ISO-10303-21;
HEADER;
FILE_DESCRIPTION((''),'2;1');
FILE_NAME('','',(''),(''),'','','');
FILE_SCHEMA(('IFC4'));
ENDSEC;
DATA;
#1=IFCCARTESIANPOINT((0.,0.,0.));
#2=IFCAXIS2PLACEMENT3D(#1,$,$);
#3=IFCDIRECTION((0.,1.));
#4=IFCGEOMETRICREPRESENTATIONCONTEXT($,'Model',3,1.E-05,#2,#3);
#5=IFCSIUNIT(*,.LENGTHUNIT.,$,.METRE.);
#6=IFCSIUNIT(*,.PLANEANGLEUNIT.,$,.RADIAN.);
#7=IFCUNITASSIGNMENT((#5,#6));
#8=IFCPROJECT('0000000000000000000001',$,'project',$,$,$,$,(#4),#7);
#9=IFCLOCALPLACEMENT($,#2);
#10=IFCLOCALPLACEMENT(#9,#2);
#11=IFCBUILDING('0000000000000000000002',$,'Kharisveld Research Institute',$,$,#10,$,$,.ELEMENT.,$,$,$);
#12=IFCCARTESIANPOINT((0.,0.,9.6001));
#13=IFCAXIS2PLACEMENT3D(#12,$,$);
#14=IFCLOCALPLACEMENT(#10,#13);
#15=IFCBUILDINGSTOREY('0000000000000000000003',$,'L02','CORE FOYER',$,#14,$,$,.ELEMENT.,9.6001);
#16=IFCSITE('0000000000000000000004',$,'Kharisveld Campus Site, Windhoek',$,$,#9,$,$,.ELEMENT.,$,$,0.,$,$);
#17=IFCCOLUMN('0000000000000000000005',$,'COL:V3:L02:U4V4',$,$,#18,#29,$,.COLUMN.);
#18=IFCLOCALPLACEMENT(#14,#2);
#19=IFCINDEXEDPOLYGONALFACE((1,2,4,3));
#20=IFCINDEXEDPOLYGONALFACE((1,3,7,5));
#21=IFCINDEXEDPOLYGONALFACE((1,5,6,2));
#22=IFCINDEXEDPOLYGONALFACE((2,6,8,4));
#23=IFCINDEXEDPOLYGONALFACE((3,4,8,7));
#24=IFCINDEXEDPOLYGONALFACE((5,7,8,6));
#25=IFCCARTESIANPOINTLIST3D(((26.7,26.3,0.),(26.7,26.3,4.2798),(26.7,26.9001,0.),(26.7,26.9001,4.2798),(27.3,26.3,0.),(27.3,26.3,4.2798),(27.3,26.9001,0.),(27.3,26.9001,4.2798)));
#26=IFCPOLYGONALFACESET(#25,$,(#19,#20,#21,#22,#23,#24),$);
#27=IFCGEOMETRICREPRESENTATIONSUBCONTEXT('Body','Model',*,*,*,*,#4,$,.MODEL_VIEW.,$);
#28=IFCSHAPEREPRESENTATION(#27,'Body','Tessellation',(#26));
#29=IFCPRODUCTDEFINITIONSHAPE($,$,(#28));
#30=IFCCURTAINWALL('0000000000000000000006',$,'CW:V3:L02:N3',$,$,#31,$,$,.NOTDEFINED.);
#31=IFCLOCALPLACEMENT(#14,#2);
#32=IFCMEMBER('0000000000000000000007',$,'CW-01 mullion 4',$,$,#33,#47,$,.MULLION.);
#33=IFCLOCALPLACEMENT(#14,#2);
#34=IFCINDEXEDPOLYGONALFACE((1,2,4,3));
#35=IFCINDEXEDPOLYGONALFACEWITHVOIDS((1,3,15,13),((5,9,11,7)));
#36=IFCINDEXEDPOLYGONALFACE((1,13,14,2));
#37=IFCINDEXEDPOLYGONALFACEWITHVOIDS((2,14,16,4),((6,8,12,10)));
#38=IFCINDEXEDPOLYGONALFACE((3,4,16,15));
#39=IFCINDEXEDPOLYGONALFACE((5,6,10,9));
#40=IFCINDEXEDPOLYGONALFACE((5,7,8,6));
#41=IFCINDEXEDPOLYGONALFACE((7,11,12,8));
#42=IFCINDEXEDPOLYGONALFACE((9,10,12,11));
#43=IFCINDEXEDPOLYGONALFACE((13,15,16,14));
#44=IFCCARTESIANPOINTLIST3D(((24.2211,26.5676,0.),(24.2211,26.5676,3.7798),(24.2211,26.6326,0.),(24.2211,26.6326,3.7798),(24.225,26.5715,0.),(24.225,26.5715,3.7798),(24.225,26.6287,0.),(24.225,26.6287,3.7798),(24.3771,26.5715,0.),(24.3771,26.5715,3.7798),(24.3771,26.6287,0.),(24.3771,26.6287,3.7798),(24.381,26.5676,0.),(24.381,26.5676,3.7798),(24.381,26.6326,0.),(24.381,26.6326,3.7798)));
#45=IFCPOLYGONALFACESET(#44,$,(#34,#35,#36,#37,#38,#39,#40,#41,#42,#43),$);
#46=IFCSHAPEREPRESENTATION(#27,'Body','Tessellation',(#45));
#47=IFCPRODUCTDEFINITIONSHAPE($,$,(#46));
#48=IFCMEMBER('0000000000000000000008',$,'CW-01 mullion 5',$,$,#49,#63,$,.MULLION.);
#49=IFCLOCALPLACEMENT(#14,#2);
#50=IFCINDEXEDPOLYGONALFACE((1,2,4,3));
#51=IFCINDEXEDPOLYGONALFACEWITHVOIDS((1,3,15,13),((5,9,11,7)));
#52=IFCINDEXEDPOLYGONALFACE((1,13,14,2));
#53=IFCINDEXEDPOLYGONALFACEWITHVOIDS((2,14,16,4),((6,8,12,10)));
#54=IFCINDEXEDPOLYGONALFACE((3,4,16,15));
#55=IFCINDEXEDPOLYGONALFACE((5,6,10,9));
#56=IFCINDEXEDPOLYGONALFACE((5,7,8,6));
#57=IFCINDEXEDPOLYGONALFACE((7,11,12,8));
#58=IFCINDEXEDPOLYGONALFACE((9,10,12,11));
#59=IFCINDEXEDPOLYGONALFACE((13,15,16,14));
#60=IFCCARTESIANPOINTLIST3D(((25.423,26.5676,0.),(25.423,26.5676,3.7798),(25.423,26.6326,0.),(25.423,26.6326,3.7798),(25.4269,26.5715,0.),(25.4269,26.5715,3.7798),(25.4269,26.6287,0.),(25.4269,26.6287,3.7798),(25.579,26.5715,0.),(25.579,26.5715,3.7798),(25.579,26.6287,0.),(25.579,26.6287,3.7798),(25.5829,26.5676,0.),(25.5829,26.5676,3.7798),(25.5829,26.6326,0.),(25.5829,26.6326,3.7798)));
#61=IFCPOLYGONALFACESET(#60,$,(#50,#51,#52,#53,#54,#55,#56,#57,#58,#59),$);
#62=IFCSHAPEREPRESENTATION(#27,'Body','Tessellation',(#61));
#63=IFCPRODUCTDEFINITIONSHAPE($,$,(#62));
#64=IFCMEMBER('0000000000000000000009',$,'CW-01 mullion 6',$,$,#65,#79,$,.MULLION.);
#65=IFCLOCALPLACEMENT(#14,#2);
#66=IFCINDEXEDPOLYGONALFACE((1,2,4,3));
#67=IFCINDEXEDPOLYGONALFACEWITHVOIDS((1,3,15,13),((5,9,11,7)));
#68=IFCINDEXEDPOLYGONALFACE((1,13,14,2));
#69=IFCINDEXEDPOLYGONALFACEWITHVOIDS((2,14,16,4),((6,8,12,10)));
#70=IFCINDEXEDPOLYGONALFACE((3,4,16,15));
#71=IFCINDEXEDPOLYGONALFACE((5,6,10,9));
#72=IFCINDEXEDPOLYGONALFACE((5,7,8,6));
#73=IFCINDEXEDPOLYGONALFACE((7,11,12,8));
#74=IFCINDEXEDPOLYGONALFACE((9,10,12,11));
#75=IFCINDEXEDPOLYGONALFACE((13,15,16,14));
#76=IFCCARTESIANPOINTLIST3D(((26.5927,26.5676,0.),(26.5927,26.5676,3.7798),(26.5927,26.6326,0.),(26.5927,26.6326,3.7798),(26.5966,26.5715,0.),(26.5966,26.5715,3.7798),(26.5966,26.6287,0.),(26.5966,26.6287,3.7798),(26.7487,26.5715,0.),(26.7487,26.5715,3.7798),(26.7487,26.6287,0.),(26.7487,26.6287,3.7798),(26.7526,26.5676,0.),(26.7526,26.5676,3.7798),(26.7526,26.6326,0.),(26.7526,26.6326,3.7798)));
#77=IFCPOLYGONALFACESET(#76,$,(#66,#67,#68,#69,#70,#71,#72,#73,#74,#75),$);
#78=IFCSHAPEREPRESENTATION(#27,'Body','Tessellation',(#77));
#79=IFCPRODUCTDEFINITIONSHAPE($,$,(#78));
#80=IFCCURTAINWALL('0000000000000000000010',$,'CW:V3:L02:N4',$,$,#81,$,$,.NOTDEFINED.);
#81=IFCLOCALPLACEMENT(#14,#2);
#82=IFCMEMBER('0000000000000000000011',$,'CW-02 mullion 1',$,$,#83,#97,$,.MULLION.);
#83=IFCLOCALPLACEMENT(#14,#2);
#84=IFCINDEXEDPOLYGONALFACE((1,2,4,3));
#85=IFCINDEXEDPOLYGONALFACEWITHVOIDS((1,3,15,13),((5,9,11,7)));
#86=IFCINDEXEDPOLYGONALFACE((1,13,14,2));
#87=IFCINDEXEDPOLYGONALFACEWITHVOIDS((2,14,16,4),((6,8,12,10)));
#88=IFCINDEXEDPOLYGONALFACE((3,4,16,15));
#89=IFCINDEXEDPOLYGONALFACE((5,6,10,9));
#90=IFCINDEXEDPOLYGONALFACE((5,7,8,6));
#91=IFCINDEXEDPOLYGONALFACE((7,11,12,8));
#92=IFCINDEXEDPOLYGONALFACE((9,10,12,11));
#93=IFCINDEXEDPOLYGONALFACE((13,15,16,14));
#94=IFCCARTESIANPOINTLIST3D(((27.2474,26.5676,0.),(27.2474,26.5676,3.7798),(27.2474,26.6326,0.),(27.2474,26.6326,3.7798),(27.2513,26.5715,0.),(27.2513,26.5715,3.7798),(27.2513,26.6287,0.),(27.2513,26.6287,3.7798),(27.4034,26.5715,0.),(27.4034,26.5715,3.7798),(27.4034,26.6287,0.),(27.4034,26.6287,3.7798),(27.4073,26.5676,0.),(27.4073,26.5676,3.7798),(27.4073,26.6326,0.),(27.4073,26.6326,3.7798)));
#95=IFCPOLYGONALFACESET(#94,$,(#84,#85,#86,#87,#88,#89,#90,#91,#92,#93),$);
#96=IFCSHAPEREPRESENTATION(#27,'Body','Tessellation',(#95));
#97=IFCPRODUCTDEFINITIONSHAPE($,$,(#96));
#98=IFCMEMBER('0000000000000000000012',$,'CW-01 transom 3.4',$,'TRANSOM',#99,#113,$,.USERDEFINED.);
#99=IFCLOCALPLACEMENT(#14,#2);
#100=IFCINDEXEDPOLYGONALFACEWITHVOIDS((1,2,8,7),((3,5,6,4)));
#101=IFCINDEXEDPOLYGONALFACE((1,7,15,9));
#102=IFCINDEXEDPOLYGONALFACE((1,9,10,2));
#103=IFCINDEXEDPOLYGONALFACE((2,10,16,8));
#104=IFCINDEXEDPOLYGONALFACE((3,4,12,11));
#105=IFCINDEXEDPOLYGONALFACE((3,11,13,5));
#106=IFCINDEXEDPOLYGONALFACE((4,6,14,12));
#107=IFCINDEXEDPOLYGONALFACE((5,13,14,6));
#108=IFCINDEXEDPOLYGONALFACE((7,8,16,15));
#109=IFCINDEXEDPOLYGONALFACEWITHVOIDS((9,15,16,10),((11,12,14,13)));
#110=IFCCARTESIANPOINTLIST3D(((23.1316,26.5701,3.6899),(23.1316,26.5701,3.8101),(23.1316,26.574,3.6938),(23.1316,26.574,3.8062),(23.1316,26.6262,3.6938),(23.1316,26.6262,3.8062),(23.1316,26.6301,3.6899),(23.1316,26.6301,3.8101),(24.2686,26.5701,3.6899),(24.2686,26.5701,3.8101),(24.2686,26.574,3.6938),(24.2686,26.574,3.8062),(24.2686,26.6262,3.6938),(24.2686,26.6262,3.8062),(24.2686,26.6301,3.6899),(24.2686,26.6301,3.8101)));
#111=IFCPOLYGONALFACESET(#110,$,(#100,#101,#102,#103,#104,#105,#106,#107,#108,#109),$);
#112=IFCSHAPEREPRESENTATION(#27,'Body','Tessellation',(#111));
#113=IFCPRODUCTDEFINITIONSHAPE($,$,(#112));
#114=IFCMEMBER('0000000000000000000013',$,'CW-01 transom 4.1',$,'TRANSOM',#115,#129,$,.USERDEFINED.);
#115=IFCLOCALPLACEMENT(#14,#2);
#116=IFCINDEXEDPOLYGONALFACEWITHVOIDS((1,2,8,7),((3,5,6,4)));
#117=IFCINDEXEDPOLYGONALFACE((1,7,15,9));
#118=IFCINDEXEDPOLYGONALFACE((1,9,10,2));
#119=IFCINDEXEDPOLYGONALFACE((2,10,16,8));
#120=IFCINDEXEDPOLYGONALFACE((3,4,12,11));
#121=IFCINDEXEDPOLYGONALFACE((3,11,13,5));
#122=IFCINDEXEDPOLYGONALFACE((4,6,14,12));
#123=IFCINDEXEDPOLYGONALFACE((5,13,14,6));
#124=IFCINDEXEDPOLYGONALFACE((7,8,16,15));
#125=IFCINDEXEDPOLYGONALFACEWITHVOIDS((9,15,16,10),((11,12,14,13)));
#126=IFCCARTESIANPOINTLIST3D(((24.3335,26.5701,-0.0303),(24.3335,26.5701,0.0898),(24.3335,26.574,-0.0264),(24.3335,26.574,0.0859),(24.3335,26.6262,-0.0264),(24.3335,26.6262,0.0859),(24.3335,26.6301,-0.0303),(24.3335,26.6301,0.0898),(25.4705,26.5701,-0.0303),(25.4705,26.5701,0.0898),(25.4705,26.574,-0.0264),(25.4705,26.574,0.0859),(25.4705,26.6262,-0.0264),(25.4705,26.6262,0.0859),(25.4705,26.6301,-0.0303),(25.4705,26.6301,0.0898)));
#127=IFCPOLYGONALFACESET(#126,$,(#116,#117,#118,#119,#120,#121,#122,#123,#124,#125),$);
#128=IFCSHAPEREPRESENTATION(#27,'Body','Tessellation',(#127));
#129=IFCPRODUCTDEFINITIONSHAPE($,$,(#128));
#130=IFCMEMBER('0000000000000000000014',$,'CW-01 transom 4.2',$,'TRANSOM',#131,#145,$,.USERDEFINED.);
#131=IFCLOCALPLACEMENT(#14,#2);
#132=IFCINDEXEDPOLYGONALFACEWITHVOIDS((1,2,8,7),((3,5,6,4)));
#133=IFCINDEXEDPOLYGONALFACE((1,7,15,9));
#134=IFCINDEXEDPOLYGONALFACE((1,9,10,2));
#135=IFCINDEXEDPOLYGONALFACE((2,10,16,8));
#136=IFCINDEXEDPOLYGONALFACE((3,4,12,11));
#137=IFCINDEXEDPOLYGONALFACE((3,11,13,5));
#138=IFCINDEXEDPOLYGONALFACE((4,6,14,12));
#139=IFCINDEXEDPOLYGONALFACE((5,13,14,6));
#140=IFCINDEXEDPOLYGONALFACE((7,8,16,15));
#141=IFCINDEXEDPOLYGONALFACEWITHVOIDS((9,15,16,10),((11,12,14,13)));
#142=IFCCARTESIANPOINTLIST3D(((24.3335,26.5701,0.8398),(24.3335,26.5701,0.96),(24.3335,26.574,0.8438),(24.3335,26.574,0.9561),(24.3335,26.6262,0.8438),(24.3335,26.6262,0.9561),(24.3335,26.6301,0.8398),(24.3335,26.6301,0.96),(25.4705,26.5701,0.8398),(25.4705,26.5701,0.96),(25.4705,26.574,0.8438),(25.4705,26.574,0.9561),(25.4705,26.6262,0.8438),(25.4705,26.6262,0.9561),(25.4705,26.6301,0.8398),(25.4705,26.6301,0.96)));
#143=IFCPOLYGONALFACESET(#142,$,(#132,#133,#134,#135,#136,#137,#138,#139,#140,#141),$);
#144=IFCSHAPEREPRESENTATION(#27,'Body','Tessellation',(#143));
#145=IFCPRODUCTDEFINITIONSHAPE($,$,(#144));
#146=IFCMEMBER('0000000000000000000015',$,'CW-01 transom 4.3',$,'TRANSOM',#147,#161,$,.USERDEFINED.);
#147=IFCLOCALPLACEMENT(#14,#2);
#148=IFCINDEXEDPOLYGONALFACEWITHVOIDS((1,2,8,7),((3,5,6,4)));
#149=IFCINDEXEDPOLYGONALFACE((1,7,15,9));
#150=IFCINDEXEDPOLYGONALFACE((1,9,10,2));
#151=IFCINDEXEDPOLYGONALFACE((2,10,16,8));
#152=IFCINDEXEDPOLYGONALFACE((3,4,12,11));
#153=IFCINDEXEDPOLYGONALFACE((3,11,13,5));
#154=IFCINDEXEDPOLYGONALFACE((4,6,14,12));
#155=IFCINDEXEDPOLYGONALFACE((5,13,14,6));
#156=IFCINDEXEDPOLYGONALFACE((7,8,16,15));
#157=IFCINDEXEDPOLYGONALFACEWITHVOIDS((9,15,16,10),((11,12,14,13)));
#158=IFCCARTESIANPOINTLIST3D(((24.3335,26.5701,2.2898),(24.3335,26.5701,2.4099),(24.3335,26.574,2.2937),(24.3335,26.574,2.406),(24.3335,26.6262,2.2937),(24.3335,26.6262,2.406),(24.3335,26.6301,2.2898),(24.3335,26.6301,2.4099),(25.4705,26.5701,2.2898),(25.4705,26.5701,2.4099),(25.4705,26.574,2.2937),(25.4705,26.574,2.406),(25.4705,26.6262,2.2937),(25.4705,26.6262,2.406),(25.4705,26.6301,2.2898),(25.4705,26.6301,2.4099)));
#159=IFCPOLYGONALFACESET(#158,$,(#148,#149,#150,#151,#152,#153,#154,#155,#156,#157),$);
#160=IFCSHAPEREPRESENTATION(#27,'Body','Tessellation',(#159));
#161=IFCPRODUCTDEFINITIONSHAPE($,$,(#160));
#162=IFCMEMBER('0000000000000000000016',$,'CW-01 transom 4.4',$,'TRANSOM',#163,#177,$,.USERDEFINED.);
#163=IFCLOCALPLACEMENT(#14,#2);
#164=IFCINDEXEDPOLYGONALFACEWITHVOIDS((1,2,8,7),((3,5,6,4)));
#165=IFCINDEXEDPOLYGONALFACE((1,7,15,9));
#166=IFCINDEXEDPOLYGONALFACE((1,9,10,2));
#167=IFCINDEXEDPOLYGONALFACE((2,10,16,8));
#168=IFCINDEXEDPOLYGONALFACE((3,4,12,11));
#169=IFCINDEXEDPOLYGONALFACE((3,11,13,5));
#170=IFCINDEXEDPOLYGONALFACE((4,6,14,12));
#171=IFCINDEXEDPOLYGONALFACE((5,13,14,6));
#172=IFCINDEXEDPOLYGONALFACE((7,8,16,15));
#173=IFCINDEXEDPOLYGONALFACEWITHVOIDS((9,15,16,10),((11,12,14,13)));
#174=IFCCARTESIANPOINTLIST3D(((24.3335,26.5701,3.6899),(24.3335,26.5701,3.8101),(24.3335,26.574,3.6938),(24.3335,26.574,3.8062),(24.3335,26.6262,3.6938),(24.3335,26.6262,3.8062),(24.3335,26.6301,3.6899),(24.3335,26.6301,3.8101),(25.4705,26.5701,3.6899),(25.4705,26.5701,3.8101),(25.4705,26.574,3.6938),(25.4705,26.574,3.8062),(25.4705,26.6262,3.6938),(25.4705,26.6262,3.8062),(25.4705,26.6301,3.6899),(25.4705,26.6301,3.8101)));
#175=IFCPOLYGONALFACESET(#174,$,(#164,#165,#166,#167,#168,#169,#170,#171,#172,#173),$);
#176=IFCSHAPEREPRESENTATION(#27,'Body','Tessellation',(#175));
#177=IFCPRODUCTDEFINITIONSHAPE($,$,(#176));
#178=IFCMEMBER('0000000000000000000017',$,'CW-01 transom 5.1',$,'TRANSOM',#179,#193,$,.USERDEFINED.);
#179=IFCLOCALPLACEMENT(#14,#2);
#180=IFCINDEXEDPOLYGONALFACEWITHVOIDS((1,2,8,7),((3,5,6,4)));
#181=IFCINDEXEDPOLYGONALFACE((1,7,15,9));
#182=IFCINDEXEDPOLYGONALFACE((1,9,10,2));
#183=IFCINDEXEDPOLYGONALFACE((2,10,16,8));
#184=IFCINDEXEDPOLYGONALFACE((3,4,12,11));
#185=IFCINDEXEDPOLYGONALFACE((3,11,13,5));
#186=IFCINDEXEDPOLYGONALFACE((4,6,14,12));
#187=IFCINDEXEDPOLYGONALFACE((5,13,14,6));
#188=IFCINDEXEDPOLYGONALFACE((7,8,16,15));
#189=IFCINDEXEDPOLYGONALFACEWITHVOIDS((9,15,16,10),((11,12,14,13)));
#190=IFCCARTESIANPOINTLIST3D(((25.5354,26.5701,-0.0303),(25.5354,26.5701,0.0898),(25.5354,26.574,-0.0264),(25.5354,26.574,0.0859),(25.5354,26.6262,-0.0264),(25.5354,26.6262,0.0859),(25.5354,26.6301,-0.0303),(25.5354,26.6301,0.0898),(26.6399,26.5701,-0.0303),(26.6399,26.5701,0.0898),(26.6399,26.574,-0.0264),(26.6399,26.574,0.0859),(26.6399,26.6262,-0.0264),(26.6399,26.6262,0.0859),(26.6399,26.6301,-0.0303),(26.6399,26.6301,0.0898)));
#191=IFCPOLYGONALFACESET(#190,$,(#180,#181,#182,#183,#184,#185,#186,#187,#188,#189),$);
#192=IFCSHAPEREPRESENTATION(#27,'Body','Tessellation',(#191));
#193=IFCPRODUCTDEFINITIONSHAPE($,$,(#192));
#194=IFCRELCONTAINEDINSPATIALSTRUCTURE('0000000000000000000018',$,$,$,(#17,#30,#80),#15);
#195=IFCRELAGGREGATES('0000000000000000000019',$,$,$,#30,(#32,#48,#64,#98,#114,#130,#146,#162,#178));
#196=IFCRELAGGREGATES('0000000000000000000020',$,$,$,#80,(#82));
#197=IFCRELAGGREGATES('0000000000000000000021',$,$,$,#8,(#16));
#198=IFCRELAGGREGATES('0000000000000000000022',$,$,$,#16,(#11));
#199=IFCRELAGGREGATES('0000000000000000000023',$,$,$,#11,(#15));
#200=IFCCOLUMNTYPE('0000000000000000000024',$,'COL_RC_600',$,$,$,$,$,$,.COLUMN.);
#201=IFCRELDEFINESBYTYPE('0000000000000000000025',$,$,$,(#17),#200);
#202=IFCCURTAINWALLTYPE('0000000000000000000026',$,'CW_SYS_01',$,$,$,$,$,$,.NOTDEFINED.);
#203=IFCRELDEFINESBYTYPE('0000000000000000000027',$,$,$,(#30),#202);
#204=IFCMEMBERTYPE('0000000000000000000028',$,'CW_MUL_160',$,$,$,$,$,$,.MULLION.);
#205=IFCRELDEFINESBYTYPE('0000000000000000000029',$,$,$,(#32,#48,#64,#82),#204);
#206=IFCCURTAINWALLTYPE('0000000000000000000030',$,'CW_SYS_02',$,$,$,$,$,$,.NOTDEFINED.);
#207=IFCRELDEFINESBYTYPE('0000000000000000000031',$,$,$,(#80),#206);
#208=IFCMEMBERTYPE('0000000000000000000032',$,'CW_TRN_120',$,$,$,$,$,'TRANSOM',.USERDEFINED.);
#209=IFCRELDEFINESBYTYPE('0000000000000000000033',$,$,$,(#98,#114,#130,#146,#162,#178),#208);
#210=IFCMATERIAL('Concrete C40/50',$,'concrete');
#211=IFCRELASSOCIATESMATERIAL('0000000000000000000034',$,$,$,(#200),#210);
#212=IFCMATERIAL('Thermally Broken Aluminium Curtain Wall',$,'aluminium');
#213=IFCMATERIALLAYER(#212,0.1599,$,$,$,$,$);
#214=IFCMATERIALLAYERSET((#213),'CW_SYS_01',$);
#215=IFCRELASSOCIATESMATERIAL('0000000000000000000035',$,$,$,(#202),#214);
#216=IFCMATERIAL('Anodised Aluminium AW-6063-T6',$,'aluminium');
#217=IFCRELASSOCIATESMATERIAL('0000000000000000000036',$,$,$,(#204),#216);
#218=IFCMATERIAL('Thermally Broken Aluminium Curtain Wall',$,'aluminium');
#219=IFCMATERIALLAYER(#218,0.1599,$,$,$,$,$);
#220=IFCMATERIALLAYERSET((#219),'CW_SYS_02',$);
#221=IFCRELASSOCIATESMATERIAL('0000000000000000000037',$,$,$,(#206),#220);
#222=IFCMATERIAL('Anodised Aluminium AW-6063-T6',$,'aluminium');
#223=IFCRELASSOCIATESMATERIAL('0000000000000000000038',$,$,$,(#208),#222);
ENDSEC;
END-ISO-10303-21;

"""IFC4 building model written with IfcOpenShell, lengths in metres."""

from ifc_helpers import new_model, si_unit, direction, frame, origin, origin_2d, place, context, subcontext, project, spatial, rectangle, hollow_rectangle, extrude, material, layer, layer_set, material_profile, profile_set, type_object, element, aggregate, save


model = new_model("IFC4")

# Units and contexts
model_context = context("Model", 3, precision=1e-05, world=origin(), true_north=direction((0.0, 1.0)))
body_context = subcontext(model_context, "Body", "Model", "MODEL_VIEW")
ifc_project = project(units=[si_unit("LENGTHUNIT", "METRE"), si_unit("PLANEANGLEUNIT", "RADIAN")], contexts=[model_context])

# Site, building, storey
site_placement = place(None, origin())
site = spatial("IfcSite", under=ifc_project, at=site_placement, Name="Kharisveld Campus Site, Windhoek", CompositionType="ELEMENT", RefElevation=0.0)
building_placement = place(site_placement, origin())
building = spatial("IfcBuilding", under=site, at=building_placement, Name="Kharisveld Research Institute", CompositionType="ELEMENT")
storey_placement = place(building_placement, frame((0.0, 0.0, 9.6001)))
storey = spatial("IfcBuildingStorey", under=building, at=storey_placement, Name="L02", Description="CORE FOYER", CompositionType="ELEMENT", Elevation=9.6001)

# Column
ifc_material_1 = material(Name="Concrete C40/50", Category="concrete")
ifc_material_profile_1 = material_profile(ifc_material_1, rectangle(XDim=0.6001, YDim=0.6001, at=origin_2d()))
ifc_profile_set_1 = profile_set([ifc_material_profile_1], Name="Concrete C40/50")
column_type = type_object("IfcColumnType", Name="COL_RC_600", PredefinedType="COLUMN", material=ifc_profile_set_1)
column_placement = place(storey_placement, frame((27.0, 26.6001, 0.0), z_axis=(0.0, 0.0, 1.0), x_axis=(1.0, 0.0, 0.0)))
element("IfcColumn", 1, at=column_placement, inside=storey, type_object=column_type, Name="COL:V3:L02:U4V4", PredefinedType="COLUMN", context=body_context, shape_type="SweptSolid", body=[
    extrude(rectangle(XDim=0.6001, YDim=0.6001, at=origin_2d()), origin(), (0.0, 0.0, 1.0), 4.2798),
])

# Curtain wall, members
ifc_material_2 = material(Name="Thermally Broken Aluminium Curtain Wall", Category="aluminium")
ifc_layer_1 = layer(ifc_material_2, 0.1599)
ifc_layer_set_1 = layer_set([ifc_layer_1], Name="CW_SYS_01")
curtain_wall_type_1 = type_object("IfcCurtainWallType", Name="CW_SYS_01", PredefinedType="NOTDEFINED", material=ifc_layer_set_1)
curtain_wall_1_placement = place(storey_placement, origin())
curtain_wall_1 = element("IfcCurtainWall", 2, at=curtain_wall_1_placement, inside=storey, type_object=curtain_wall_type_1, Name="CW:V3:L02:N3", PredefinedType="NOTDEFINED")
ifc_material_3 = material(Name="Anodised Aluminium AW-6063-T6", Category="aluminium")
ifc_material_profile_2 = material_profile(ifc_material_3, hollow_rectangle(XDim=0.0649, YDim=0.1599, WallThickness=0.0039, at=origin_2d()))
ifc_profile_set_2 = profile_set([ifc_material_profile_2], Name="Anodised Aluminium AW-6063-T6")
member_type_1 = type_object("IfcMemberType", Name="CW_MUL_160", PredefinedType="MULLION", material=ifc_profile_set_2)
member_1_placement = place(storey_placement, frame((24.301, 26.6001, 0.0), z_axis=(0.0, 0.0, 1.0), x_axis=(0.0, 1.0, 0.0)))
member_1 = element("IfcMember", 3, at=member_1_placement, type_object=member_type_1, Name="CW-01 mullion 4", PredefinedType="MULLION", context=body_context, shape_type="SweptSolid", body=[
    extrude(hollow_rectangle(XDim=0.0649, YDim=0.1599, WallThickness=0.0039, at=origin_2d()), origin(), (0.0, 0.0, 1.0), 3.7798),
])
member_2_placement = place(storey_placement, frame((25.5029, 26.6001, 0.0), z_axis=(0.0, 0.0, 1.0), x_axis=(0.0, 1.0, 0.0)))
member_2 = element("IfcMember", 4, at=member_2_placement, type_object=member_type_1, Name="CW-01 mullion 5", PredefinedType="MULLION", context=body_context, shape_type="SweptSolid", body=[
    extrude(hollow_rectangle(XDim=0.0649, YDim=0.1599, WallThickness=0.0039, at=origin_2d()), origin(), (0.0, 0.0, 1.0), 3.7798),
])
member_3_placement = place(storey_placement, frame((26.6726, 26.6001, 0.0), z_axis=(0.0, 0.0, 1.0), x_axis=(0.0, 1.0, 0.0)))
member_3 = element("IfcMember", 5, at=member_3_placement, type_object=member_type_1, Name="CW-01 mullion 6", PredefinedType="MULLION", context=body_context, shape_type="SweptSolid", body=[
    extrude(hollow_rectangle(XDim=0.0649, YDim=0.1599, WallThickness=0.0039, at=origin_2d()), origin(), (0.0, 0.0, 1.0), 3.7798),
])

# Curtain wall, member
ifc_material_4 = material(Name="Thermally Broken Aluminium Curtain Wall", Category="aluminium")
ifc_layer_2 = layer(ifc_material_4, 0.1599)
ifc_layer_set_2 = layer_set([ifc_layer_2], Name="CW_SYS_02")
curtain_wall_type_2 = type_object("IfcCurtainWallType", Name="CW_SYS_02", PredefinedType="NOTDEFINED", material=ifc_layer_set_2)
curtain_wall_2_placement = place(storey_placement, origin())
curtain_wall_2 = element("IfcCurtainWall", 6, at=curtain_wall_2_placement, inside=storey, type_object=curtain_wall_type_2, Name="CW:V3:L02:N4", PredefinedType="NOTDEFINED")
member_4_placement = place(storey_placement, frame((27.3274, 26.6001, 0.0), z_axis=(0.0, 0.0, 1.0), x_axis=(0.0, 1.0, 0.0)))
member_4 = element("IfcMember", 7, at=member_4_placement, type_object=member_type_1, Name="CW-02 mullion 1", PredefinedType="MULLION", context=body_context, shape_type="SweptSolid", body=[
    extrude(hollow_rectangle(XDim=0.0649, YDim=0.1599, WallThickness=0.0039, at=origin_2d()), origin(), (0.0, 0.0, 1.0), 3.7798),
])

# Members
ifc_material_5 = material(Name="Anodised Aluminium AW-6063-T6", Category="aluminium")
ifc_material_profile_3 = material_profile(ifc_material_5, hollow_rectangle(XDim=0.0601, YDim=0.1201, WallThickness=0.0039, at=origin_2d()))
ifc_profile_set_3 = profile_set([ifc_material_profile_3], Name="Anodised Aluminium AW-6063-T6")
member_type_2 = type_object("IfcMemberType", Name="CW_TRN_120", ElementType="TRANSOM", PredefinedType="USERDEFINED", material=ifc_profile_set_3)
member_5_placement = place(storey_placement, frame((23.1316, 26.6001, 3.75), z_axis=(1.0, 0.0, 0.0), x_axis=(0.0, 1.0, 0.0)))
member_5 = element("IfcMember", 8, at=member_5_placement, type_object=member_type_2, Name="CW-01 transom 3.4", ObjectType="TRANSOM", PredefinedType="USERDEFINED", context=body_context, shape_type="SweptSolid", body=[
    extrude(hollow_rectangle(XDim=0.0601, YDim=0.1201, WallThickness=0.0039, at=origin_2d()), origin(), (0.0, 0.0, 1.0), 1.137),
])
member_6_placement = place(storey_placement, frame((24.3335, 26.6001, 0.0298), z_axis=(1.0, 0.0, 0.0), x_axis=(0.0, 1.0, 0.0)))
member_6 = element("IfcMember", 9, at=member_6_placement, type_object=member_type_2, Name="CW-01 transom 4.1", ObjectType="TRANSOM", PredefinedType="USERDEFINED", context=body_context, shape_type="SweptSolid", body=[
    extrude(hollow_rectangle(XDim=0.0601, YDim=0.1201, WallThickness=0.0039, at=origin_2d()), origin(), (0.0, 0.0, 1.0), 1.137),
])
member_7_placement = place(storey_placement, frame((24.3335, 26.6001, 0.8999), z_axis=(1.0, 0.0, 0.0), x_axis=(0.0, 1.0, 0.0)))
member_7 = element("IfcMember", 10, at=member_7_placement, type_object=member_type_2, Name="CW-01 transom 4.2", ObjectType="TRANSOM", PredefinedType="USERDEFINED", context=body_context, shape_type="SweptSolid", body=[
    extrude(hollow_rectangle(XDim=0.0601, YDim=0.1201, WallThickness=0.0039, at=origin_2d()), origin(), (0.0, 0.0, 1.0), 1.137),
])
member_8_placement = place(storey_placement, frame((24.3335, 26.6001, 2.3499), z_axis=(1.0, 0.0, 0.0), x_axis=(0.0, 1.0, 0.0)))
member_8 = element("IfcMember", 11, at=member_8_placement, type_object=member_type_2, Name="CW-01 transom 4.3", ObjectType="TRANSOM", PredefinedType="USERDEFINED", context=body_context, shape_type="SweptSolid", body=[
    extrude(hollow_rectangle(XDim=0.0601, YDim=0.1201, WallThickness=0.0039, at=origin_2d()), origin(), (0.0, 0.0, 1.0), 1.137),
])
member_9_placement = place(storey_placement, frame((24.3335, 26.6001, 3.75), z_axis=(1.0, 0.0, 0.0), x_axis=(0.0, 1.0, 0.0)))
member_9 = element("IfcMember", 12, at=member_9_placement, type_object=member_type_2, Name="CW-01 transom 4.4", ObjectType="TRANSOM", PredefinedType="USERDEFINED", context=body_context, shape_type="SweptSolid", body=[
    extrude(hollow_rectangle(XDim=0.0601, YDim=0.1201, WallThickness=0.0039, at=origin_2d()), origin(), (0.0, 0.0, 1.0), 1.137),
])
member_10_placement = place(storey_placement, frame((25.5354, 26.6001, 0.0298), z_axis=(1.0, 0.0, 0.0), x_axis=(0.0, 1.0, 0.0)))
member_10 = element("IfcMember", 13, at=member_10_placement, type_object=member_type_2, Name="CW-01 transom 5.1", ObjectType="TRANSOM", PredefinedType="USERDEFINED", context=body_context, shape_type="SweptSolid", body=[
    extrude(hollow_rectangle(XDim=0.0601, YDim=0.1201, WallThickness=0.0039, at=origin_2d()), origin(), (0.0, 0.0, 1.0), 1.1045),
])

aggregate(curtain_wall_1, [member_1, member_2, member_3, member_5, member_6, member_7, member_8, member_9, member_10])
aggregate(curtain_wall_2, [member_4])

save(model, "model.ifc")
